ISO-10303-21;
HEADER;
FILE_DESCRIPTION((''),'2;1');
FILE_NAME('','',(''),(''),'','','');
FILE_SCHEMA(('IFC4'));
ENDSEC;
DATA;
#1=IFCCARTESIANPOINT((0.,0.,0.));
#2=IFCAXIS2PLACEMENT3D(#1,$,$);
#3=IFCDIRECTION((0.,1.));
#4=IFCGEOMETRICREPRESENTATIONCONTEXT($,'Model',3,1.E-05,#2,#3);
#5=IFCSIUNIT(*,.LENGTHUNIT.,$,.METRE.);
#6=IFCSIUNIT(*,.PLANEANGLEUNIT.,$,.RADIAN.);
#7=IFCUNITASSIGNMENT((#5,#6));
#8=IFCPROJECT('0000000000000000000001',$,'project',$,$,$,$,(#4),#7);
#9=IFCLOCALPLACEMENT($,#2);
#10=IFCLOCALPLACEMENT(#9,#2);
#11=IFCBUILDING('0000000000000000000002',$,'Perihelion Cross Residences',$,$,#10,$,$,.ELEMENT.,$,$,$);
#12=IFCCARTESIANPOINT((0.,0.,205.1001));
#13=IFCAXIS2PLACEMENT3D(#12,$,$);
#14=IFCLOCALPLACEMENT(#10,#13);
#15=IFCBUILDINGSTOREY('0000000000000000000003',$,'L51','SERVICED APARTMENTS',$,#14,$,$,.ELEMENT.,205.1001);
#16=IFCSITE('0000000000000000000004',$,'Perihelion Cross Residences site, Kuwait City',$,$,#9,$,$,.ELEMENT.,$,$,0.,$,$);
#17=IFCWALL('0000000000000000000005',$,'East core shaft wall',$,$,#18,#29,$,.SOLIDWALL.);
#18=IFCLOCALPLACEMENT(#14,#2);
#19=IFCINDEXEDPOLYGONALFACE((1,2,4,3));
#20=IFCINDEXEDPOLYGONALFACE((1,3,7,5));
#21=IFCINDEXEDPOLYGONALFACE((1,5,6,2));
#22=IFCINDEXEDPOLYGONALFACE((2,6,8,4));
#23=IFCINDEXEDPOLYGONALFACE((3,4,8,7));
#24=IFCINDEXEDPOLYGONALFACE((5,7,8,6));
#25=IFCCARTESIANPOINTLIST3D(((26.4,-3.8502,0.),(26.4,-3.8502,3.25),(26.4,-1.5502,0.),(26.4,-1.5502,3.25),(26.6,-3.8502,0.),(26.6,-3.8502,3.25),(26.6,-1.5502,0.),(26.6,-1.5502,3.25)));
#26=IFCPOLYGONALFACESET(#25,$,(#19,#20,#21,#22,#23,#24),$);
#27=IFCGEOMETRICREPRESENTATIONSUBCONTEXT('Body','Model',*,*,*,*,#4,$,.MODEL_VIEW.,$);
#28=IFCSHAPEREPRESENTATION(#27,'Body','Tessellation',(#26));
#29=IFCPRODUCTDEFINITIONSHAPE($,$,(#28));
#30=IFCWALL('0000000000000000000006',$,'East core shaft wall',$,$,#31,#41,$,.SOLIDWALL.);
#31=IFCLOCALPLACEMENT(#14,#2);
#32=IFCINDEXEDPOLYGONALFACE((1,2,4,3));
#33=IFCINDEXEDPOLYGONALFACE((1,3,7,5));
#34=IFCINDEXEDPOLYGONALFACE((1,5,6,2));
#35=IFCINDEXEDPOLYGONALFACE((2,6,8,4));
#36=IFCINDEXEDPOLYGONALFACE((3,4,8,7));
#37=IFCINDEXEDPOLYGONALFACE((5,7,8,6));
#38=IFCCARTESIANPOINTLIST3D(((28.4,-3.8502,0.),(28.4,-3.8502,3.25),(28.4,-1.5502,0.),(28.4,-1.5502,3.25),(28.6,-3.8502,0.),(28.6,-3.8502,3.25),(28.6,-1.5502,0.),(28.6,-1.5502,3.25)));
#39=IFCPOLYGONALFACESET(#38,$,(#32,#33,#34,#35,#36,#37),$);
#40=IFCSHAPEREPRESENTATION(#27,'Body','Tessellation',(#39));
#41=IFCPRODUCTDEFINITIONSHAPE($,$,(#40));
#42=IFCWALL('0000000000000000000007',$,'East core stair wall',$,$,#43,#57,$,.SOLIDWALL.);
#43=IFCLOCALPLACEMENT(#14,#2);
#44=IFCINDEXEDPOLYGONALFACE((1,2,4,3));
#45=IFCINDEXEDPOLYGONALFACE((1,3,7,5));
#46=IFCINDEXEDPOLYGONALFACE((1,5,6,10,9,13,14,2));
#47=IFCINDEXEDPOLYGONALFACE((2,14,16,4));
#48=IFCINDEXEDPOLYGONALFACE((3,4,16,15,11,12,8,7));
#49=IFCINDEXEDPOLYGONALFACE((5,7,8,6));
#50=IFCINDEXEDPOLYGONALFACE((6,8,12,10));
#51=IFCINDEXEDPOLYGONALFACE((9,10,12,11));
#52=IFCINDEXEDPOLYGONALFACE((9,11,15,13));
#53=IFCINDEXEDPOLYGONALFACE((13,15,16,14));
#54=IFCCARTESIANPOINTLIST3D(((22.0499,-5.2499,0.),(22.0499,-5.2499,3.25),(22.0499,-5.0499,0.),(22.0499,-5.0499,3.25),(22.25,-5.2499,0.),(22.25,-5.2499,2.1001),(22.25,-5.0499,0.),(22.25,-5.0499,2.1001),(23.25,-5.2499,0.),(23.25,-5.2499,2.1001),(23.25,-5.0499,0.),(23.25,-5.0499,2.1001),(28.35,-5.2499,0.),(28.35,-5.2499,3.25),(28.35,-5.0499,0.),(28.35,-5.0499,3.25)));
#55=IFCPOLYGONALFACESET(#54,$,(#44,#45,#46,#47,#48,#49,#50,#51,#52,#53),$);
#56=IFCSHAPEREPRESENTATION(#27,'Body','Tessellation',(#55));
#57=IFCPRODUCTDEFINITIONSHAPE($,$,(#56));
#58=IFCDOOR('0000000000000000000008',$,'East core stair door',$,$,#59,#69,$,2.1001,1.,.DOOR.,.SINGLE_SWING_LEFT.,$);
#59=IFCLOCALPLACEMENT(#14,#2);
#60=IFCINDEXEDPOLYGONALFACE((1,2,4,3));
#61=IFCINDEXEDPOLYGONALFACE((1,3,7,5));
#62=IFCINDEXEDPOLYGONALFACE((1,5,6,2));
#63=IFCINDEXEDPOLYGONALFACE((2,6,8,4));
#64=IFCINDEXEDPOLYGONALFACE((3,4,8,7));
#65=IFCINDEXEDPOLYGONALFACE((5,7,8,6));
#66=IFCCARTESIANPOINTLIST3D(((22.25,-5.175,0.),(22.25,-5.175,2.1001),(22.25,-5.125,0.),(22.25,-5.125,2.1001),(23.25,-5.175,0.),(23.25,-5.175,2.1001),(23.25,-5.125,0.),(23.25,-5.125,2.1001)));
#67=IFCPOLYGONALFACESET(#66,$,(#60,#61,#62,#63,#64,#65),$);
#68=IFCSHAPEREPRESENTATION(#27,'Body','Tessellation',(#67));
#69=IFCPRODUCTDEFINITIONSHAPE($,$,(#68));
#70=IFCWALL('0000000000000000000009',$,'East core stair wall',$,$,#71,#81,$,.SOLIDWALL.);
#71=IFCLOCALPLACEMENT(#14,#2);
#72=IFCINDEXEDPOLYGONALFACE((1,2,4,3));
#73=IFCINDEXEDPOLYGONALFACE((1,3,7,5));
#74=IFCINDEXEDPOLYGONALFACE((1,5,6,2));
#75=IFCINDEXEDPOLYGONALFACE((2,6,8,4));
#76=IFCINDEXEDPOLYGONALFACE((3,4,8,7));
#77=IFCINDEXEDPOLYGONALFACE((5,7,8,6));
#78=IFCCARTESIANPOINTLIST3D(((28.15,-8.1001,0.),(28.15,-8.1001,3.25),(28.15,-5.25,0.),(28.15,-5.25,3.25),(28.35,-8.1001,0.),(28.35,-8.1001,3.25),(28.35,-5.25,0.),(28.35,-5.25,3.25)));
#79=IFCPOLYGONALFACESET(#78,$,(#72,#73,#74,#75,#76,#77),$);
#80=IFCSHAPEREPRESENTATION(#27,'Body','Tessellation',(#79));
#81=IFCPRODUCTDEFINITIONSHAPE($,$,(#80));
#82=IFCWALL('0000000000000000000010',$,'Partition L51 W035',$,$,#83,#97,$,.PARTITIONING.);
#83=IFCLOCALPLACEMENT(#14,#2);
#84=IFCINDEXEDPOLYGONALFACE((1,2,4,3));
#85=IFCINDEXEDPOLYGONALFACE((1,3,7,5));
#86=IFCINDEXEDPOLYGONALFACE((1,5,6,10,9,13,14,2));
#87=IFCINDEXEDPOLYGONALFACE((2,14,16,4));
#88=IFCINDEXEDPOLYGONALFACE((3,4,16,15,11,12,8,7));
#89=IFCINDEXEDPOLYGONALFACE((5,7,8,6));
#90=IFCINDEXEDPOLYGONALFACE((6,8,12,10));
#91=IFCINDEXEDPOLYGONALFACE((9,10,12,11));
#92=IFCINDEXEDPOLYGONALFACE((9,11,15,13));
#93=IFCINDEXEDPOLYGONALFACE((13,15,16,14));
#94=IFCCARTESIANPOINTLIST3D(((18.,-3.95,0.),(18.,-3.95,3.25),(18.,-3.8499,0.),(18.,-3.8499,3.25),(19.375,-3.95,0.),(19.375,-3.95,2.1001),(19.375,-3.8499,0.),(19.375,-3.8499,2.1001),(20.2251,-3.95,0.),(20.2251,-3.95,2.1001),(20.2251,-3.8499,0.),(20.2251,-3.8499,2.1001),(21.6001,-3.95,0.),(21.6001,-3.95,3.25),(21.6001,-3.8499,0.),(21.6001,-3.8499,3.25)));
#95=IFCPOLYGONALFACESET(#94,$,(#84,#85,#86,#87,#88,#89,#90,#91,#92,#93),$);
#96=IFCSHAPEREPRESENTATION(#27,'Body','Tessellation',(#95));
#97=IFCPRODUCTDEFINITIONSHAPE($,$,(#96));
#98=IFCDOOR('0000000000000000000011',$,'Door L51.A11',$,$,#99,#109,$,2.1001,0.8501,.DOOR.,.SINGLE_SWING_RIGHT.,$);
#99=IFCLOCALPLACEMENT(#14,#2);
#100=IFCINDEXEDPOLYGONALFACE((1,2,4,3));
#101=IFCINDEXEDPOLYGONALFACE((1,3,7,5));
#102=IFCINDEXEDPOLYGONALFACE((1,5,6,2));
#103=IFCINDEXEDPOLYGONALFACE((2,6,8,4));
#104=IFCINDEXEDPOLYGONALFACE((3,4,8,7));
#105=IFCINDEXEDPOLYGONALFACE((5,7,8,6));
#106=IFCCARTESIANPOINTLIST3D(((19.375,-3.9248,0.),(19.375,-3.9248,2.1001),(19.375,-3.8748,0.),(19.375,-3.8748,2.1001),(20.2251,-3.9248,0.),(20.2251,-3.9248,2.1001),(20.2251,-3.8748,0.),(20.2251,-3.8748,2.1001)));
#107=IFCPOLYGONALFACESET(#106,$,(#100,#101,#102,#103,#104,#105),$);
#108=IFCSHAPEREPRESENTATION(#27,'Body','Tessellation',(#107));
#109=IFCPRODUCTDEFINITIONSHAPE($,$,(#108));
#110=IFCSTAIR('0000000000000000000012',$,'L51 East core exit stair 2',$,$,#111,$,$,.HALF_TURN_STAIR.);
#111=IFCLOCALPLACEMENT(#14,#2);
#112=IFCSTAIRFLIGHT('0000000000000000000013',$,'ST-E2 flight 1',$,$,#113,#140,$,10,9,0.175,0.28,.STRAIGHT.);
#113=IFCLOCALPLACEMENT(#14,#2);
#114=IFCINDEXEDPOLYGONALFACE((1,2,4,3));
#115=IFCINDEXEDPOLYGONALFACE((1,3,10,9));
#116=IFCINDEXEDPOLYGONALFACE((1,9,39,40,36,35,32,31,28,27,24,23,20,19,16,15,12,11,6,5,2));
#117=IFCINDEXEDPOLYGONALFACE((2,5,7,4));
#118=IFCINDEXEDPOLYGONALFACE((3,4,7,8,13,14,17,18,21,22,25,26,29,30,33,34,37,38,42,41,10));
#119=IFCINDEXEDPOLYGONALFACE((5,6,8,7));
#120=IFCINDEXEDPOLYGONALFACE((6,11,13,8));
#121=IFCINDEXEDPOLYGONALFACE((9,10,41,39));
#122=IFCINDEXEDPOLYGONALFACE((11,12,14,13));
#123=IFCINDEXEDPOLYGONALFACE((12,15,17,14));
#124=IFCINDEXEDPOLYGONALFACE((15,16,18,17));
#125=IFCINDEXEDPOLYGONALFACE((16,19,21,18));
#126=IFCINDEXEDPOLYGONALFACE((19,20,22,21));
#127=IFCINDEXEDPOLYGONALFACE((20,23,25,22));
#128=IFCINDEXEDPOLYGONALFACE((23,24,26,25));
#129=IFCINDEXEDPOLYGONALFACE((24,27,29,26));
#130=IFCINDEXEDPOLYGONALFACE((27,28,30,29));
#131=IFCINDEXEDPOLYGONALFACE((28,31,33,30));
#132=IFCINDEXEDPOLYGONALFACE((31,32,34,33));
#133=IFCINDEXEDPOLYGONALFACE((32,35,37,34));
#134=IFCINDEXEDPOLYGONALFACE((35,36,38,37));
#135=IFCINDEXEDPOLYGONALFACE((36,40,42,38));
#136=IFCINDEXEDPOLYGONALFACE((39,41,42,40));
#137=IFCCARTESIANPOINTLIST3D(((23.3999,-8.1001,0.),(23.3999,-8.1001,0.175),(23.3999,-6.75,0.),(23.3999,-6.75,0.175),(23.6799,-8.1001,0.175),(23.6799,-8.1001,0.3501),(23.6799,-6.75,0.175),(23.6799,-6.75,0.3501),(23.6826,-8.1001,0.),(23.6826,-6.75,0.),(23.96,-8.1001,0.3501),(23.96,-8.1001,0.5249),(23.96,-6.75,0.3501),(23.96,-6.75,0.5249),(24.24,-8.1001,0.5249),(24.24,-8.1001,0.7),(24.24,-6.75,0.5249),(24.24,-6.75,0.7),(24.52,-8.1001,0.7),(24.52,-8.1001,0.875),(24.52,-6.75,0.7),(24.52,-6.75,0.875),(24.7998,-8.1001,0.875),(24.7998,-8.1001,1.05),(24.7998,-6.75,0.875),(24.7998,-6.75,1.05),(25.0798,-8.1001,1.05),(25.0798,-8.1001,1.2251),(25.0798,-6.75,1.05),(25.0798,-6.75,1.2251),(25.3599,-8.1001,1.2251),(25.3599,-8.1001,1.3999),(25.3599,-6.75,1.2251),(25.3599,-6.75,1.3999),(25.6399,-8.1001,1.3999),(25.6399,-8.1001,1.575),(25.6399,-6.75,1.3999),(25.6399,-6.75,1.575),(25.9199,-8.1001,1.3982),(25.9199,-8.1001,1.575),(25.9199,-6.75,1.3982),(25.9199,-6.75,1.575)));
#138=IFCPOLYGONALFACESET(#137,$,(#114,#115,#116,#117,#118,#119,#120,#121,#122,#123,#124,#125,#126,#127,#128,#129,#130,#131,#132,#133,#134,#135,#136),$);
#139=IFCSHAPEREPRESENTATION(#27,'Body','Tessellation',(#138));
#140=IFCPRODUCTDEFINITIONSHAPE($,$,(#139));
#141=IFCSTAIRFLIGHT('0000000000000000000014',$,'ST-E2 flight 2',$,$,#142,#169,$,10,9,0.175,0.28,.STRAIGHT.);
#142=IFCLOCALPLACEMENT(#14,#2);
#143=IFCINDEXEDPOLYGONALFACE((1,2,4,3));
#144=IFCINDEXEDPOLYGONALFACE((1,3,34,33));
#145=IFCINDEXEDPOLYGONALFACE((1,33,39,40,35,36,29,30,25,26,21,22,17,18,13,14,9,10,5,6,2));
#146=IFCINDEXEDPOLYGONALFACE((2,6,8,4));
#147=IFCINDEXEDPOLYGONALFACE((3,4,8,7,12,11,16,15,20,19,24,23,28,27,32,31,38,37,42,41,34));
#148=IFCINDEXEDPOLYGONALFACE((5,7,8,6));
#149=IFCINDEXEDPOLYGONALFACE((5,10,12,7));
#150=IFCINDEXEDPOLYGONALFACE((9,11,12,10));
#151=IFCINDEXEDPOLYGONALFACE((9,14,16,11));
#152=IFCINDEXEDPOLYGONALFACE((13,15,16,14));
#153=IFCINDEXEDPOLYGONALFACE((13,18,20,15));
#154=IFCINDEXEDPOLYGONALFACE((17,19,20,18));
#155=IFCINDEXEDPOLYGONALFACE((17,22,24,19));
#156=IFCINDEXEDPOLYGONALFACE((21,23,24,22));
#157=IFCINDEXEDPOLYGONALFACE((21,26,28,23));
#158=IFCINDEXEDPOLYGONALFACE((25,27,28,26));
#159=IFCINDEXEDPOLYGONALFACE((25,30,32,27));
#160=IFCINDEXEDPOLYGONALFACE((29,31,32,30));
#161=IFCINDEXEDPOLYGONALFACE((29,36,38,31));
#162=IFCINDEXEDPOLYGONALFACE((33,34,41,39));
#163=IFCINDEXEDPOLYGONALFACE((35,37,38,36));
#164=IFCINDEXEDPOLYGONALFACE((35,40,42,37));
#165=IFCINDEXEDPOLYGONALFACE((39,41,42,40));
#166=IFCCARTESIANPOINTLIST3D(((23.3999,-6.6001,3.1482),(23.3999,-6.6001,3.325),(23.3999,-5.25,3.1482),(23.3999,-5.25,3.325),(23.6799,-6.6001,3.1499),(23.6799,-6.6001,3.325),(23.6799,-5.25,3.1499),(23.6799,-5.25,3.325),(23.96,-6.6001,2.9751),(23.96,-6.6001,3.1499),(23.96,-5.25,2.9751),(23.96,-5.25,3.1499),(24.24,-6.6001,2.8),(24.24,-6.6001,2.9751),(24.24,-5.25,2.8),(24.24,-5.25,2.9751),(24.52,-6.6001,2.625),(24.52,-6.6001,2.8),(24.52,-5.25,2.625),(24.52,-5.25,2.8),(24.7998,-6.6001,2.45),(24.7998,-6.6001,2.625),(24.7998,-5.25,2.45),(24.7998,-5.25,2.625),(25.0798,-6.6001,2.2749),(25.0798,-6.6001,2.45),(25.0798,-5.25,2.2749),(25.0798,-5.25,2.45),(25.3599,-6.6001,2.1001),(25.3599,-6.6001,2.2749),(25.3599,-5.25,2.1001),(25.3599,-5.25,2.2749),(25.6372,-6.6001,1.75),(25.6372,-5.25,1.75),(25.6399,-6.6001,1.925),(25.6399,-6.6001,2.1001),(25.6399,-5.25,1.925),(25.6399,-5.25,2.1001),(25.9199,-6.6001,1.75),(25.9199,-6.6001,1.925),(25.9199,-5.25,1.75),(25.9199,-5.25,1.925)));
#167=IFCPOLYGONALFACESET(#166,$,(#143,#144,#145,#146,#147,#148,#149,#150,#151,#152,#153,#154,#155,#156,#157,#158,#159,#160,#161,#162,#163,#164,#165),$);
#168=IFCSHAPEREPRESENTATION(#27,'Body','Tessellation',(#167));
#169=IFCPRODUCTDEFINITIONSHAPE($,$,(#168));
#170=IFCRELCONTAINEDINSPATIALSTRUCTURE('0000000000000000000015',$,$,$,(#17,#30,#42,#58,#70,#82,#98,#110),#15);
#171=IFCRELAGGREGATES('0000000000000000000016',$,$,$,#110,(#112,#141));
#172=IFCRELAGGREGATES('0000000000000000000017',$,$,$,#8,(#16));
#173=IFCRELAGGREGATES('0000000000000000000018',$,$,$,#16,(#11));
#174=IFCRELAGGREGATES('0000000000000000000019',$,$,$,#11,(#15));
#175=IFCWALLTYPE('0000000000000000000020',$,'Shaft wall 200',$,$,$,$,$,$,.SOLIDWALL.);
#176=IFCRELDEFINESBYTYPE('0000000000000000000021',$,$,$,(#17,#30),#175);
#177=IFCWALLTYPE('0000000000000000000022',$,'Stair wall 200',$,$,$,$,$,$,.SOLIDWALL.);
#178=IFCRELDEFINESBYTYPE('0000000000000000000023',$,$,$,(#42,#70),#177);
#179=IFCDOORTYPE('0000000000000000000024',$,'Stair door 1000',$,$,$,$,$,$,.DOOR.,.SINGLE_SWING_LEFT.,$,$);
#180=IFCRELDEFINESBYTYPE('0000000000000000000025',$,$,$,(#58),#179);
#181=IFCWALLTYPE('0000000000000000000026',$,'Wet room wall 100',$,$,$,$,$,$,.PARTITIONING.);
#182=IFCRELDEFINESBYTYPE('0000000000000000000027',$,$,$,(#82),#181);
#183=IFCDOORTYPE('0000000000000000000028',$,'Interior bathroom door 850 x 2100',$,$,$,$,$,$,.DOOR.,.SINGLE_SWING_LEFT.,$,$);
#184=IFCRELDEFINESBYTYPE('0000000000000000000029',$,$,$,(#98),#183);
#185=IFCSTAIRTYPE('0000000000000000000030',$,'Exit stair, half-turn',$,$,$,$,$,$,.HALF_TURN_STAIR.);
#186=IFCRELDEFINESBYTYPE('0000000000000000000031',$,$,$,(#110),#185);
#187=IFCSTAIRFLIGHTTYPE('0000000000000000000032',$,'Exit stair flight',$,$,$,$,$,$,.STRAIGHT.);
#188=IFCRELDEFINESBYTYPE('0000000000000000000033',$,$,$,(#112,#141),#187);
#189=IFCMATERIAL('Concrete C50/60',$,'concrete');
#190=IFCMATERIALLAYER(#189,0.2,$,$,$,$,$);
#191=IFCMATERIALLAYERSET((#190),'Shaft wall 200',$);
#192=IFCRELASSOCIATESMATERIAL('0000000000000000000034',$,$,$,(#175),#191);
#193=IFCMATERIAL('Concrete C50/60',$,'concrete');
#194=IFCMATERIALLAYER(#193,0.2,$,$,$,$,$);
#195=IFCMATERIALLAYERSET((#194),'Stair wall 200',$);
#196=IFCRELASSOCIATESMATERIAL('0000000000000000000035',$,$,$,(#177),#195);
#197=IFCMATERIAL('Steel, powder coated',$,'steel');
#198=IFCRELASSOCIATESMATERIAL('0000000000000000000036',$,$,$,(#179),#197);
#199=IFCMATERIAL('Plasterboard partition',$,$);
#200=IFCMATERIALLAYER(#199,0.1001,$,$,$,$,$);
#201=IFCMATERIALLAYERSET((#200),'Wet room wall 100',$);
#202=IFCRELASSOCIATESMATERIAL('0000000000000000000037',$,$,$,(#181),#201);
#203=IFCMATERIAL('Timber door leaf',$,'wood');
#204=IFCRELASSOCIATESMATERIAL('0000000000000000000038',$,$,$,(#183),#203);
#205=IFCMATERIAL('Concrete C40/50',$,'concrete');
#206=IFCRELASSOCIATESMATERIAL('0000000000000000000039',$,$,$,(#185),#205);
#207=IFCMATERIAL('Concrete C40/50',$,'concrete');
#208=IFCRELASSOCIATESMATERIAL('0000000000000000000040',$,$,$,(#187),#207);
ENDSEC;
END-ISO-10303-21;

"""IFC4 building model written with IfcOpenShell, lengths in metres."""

from ifc_helpers import new_model, si_unit, direction, frame, frame_2d, origin, place, context, subcontext, project, spatial, polyline, rectangle, outline, extrude, material, layer, layer_set, type_object, element, fill, aggregate, save


model = new_model("IFC4")

# Units and contexts
model_context = context("Model", 3, precision=1e-05, world=origin(), true_north=direction((0.0, 1.0)))
body_context = subcontext(model_context, "Body", "Model", "MODEL_VIEW")
ifc_project = project(units=[si_unit("LENGTHUNIT", "METRE"), si_unit("PLANEANGLEUNIT", "RADIAN")], contexts=[model_context])

# Site, building, storey
site_placement = place(None, origin())
site = spatial("IfcSite", under=ifc_project, at=site_placement, Name="Perihelion Cross Residences site, Kuwait City", CompositionType="ELEMENT", RefElevation=0.0)
building_placement = place(site_placement, origin())
building = spatial("IfcBuilding", under=site, at=building_placement, Name="Perihelion Cross Residences", CompositionType="ELEMENT")
storey_placement = place(building_placement, frame((0.0, 0.0, 205.1001)))
storey = spatial("IfcBuildingStorey", under=building, at=storey_placement, Name="L51", Description="SERVICED APARTMENTS", CompositionType="ELEMENT", Elevation=205.1001)

# Walls
ifc_material_1 = material(Name="Concrete C50/60", Category="concrete")
ifc_layer_1 = layer(ifc_material_1, 0.2)
ifc_layer_set_1 = layer_set([ifc_layer_1], Name="Shaft wall 200")
wall_type_1 = type_object("IfcWallType", Name="Shaft wall 200", PredefinedType="SOLIDWALL", material=ifc_layer_set_1)
for number, where, z_axis, x_axis, name in (
    (1, (26.5, -3.8501, 0.0), (0.0, 0.0, 1.0), (0.0, 1.0, 0.0), "East core shaft wall"),
    (2, (28.5, -3.8501, 0.0), (0.0, 0.0, 1.0), (0.0, 1.0, 0.0), "East core shaft wall"),
):
    element("IfcWall", number, at=place(storey_placement, frame(where, z_axis=z_axis, x_axis=x_axis)), inside=storey, type_object=wall_type_1, Name=name, PredefinedType="SOLIDWALL", context=body_context, shape_type="SweptSolid", body=[
        extrude(rectangle(XDim=2.3, YDim=0.2, at=frame_2d((1.1499, 0.0))), origin(), (0.0, 0.0, 1.0), 3.25),
    ])

# Wall, opening, door
ifc_material_2 = material(Name="Concrete C50/60", Category="concrete")
ifc_layer_2 = layer(ifc_material_2, 0.2)
ifc_layer_set_2 = layer_set([ifc_layer_2], Name="Stair wall 200")
wall_type_2 = type_object("IfcWallType", Name="Stair wall 200", PredefinedType="SOLIDWALL", material=ifc_layer_set_2)
wall_1_placement = place(storey_placement, frame((22.05, -5.1499, 0.0), z_axis=(0.0, 0.0, 1.0), x_axis=(1.0, 0.0, 0.0)))
wall_1 = element("IfcWall", 3, at=wall_1_placement, inside=storey, type_object=wall_type_2, Name="East core stair wall", PredefinedType="SOLIDWALL", context=body_context, shape_type="SweptSolid", body=[
    extrude(rectangle(XDim=6.3, YDim=0.2, at=frame_2d((3.1499, 0.0))), origin(), (0.0, 0.0, 1.0), 3.25),
])
opening_1_placement = place(wall_1_placement, frame((0.2, 0.0, 0.0)))
opening_1 = element("IfcOpeningElement", 4, at=opening_1_placement, cuts=wall_1, PredefinedType="OPENING", context=body_context, shape_type="SweptSolid", body=[
    extrude(rectangle(XDim=1.0, YDim=2.1001, at=frame_2d((0.5, 1.05))), frame((0.0, 0.1099, 0.0), z_axis=(0.0, -1.0, 0.0), x_axis=(1.0, 0.0, 0.0)), (0.0, 0.0, 1.0), 0.22),
])
ifc_material_3 = material(Name="Steel, powder coated", Category="steel")
door_type_1 = type_object("IfcDoorType", Name="Stair door 1000", OperationType="SINGLE_SWING_LEFT", PredefinedType="DOOR", material=ifc_material_3)
door_1_placement = place(opening_1_placement, origin())
door_1 = element("IfcDoor", 5, at=door_1_placement, inside=storey, type_object=door_type_1, Name="East core stair door", OperationType="SINGLE_SWING_LEFT", OverallHeight=2.1001, OverallWidth=1.0, PredefinedType="DOOR", context=body_context, shape_type="SweptSolid", body=[
    extrude(rectangle(XDim=1.0, YDim=2.1001, at=frame_2d((0.5, 1.05))), frame((0.0, 0.0249, 0.0), z_axis=(0.0, -1.0, 0.0), x_axis=(1.0, 0.0, 0.0)), (0.0, 0.0, 1.0), 0.05),
])
fill(opening_1, door_1)

# Wall
wall_2_placement = place(storey_placement, frame((28.25, -8.1001, 0.0), z_axis=(0.0, 0.0, 1.0), x_axis=(0.0, 1.0, 0.0)))
element("IfcWall", 6, at=wall_2_placement, inside=storey, type_object=wall_type_2, Name="East core stair wall", PredefinedType="SOLIDWALL", context=body_context, shape_type="SweptSolid", body=[
    extrude(rectangle(XDim=2.8501, YDim=0.2, at=frame_2d((1.425, 0.0))), origin(), (0.0, 0.0, 1.0), 3.25),
])

# Wall, opening, door
ifc_material_4 = material(Name="Plasterboard partition")
ifc_layer_3 = layer(ifc_material_4, 0.1001)
ifc_layer_set_3 = layer_set([ifc_layer_3], Name="Wet room wall 100")
wall_type_3 = type_object("IfcWallType", Name="Wet room wall 100", PredefinedType="PARTITIONING", material=ifc_layer_set_3)
wall_3_placement = place(storey_placement, frame((21.6001, -3.8999, 0.0), z_axis=(0.0, 0.0, 1.0), x_axis=(-1.0, 0.0, 0.0)))
wall_3 = element("IfcWall", 7, at=wall_3_placement, inside=storey, type_object=wall_type_3, Name="Partition L51 W035", PredefinedType="PARTITIONING", context=body_context, shape_type="SweptSolid", body=[
    extrude(rectangle(XDim=3.6001, YDim=0.1001, at=frame_2d((1.8, 0.0))), origin(), (0.0, 0.0, 1.0), 3.25),
])
opening_2_placement = place(wall_3_placement, frame((1.375, 0.0, 0.0)))
opening_2 = element("IfcOpeningElement", 8, at=opening_2_placement, cuts=wall_3, PredefinedType="OPENING", context=body_context, shape_type="SweptSolid", body=[
    extrude(rectangle(XDim=0.8501, YDim=2.1001, at=frame_2d((0.425, 1.05))), frame((0.0, 0.0601, 0.0), z_axis=(0.0, -1.0, 0.0), x_axis=(1.0, 0.0, 0.0)), (0.0, 0.0, 1.0), 0.1201),
])
ifc_material_5 = material(Name="Timber door leaf", Category="wood")
door_type_2 = type_object("IfcDoorType", Name="Interior bathroom door 850 x 2100", OperationType="SINGLE_SWING_LEFT", PredefinedType="DOOR", material=ifc_material_5)
door_2_placement = place(opening_2_placement, origin())
door_2 = element("IfcDoor", 9, at=door_2_placement, inside=storey, type_object=door_type_2, Name="Door L51.A11", OperationType="SINGLE_SWING_RIGHT", OverallHeight=2.1001, OverallWidth=0.8501, PredefinedType="DOOR", context=body_context, shape_type="SweptSolid", body=[
    extrude(rectangle(XDim=0.8501, YDim=2.1001, at=frame_2d((0.425, 1.05))), frame((0.0, 0.0249, 0.0), z_axis=(0.0, -1.0, 0.0), x_axis=(1.0, 0.0, 0.0)), (0.0, 0.0, 1.0), 0.05),
])
fill(opening_2, door_2)

# Stair, stair flights
ifc_material_6 = material(Name="Concrete C40/50", Category="concrete")
stair_type = type_object("IfcStairType", Name="Exit stair, half-turn", PredefinedType="HALF_TURN_STAIR", material=ifc_material_6)
stair_placement = place(storey_placement, origin())
stair = element("IfcStair", 10, at=stair_placement, inside=storey, type_object=stair_type, Name="L51 East core exit stair 2", PredefinedType="HALF_TURN_STAIR")
ifc_material_7 = material(Name="Concrete C40/50", Category="concrete")
stair_flight_type = type_object("IfcStairFlightType", Name="Exit stair flight", PredefinedType="STRAIGHT", material=ifc_material_7)
stair_flight_1_placement = place(storey_placement, frame((23.3999, -7.425, 0.0), z_axis=(0.0, 0.0, 1.0), x_axis=(1.0, 0.0, 0.0)))
stair_flight_1 = element("IfcStairFlight", 11, at=stair_flight_1_placement, type_object=stair_flight_type, Name="ST-E2 flight 1", NumberOfRisers=10, NumberOfTreads=9, PredefinedType="STRAIGHT", RiserHeight=0.175, TreadLength=0.28, context=body_context, shape_type="SweptSolid", body=[
    extrude(outline(polyline([(0.0, 0.0), (0.0, 0.175), (0.28, 0.175), (0.28, 0.3501), (0.5601, 0.3501), (0.5601, 0.5249), (0.8401, 0.5249), (0.8401, 0.7), (1.1201, 0.7), (1.1201, 0.875), (1.3999, 0.875), (1.3999, 1.05), (1.6799, 1.05), (1.6799, 1.2251), (1.96, 1.2251), (1.96, 1.3999), (2.24, 1.3999), (2.24, 1.575), (2.52, 1.575), (2.52, 1.75), (2.52, 1.3982), (0.2827, 0.0), (0.0, 0.0)])), frame((0.0, 0.675, 0.0), z_axis=(0.0, -1.0, 0.0), x_axis=(1.0, 0.0, 0.0)), (0.0, 0.0, 1.0), 1.3501),
])
stair_flight_2_placement = place(storey_placement, frame((25.9199, -5.925, 1.75), z_axis=(0.0, 0.0, 1.0), x_axis=(-1.0, 0.0, 0.0)))
stair_flight_2 = element("IfcStairFlight", 12, at=stair_flight_2_placement, type_object=stair_flight_type, Name="ST-E2 flight 2", NumberOfRisers=10, NumberOfTreads=9, PredefinedType="STRAIGHT", RiserHeight=0.175, TreadLength=0.28, context=body_context, shape_type="SweptSolid", body=[
    extrude(outline(polyline([(0.0, 0.0), (0.0, 0.175), (0.28, 0.175), (0.28, 0.3501), (0.5601, 0.3501), (0.5601, 0.5249), (0.8401, 0.5249), (0.8401, 0.7), (1.1201, 0.7), (1.1201, 0.875), (1.3999, 0.875), (1.3999, 1.05), (1.6799, 1.05), (1.6799, 1.2251), (1.96, 1.2251), (1.96, 1.3999), (2.24, 1.3999), (2.24, 1.575), (2.52, 1.575), (2.52, 1.75), (2.52, 1.3982), (0.2827, 0.0), (0.0, 0.0)])), frame((0.0, 0.675, 0.0), z_axis=(0.0, -1.0, 0.0), x_axis=(1.0, 0.0, 0.0)), (0.0, 0.0, 1.0), 1.3501),
])
aggregate(stair, [stair_flight_1, stair_flight_2])

save(model, "model.ifc")
